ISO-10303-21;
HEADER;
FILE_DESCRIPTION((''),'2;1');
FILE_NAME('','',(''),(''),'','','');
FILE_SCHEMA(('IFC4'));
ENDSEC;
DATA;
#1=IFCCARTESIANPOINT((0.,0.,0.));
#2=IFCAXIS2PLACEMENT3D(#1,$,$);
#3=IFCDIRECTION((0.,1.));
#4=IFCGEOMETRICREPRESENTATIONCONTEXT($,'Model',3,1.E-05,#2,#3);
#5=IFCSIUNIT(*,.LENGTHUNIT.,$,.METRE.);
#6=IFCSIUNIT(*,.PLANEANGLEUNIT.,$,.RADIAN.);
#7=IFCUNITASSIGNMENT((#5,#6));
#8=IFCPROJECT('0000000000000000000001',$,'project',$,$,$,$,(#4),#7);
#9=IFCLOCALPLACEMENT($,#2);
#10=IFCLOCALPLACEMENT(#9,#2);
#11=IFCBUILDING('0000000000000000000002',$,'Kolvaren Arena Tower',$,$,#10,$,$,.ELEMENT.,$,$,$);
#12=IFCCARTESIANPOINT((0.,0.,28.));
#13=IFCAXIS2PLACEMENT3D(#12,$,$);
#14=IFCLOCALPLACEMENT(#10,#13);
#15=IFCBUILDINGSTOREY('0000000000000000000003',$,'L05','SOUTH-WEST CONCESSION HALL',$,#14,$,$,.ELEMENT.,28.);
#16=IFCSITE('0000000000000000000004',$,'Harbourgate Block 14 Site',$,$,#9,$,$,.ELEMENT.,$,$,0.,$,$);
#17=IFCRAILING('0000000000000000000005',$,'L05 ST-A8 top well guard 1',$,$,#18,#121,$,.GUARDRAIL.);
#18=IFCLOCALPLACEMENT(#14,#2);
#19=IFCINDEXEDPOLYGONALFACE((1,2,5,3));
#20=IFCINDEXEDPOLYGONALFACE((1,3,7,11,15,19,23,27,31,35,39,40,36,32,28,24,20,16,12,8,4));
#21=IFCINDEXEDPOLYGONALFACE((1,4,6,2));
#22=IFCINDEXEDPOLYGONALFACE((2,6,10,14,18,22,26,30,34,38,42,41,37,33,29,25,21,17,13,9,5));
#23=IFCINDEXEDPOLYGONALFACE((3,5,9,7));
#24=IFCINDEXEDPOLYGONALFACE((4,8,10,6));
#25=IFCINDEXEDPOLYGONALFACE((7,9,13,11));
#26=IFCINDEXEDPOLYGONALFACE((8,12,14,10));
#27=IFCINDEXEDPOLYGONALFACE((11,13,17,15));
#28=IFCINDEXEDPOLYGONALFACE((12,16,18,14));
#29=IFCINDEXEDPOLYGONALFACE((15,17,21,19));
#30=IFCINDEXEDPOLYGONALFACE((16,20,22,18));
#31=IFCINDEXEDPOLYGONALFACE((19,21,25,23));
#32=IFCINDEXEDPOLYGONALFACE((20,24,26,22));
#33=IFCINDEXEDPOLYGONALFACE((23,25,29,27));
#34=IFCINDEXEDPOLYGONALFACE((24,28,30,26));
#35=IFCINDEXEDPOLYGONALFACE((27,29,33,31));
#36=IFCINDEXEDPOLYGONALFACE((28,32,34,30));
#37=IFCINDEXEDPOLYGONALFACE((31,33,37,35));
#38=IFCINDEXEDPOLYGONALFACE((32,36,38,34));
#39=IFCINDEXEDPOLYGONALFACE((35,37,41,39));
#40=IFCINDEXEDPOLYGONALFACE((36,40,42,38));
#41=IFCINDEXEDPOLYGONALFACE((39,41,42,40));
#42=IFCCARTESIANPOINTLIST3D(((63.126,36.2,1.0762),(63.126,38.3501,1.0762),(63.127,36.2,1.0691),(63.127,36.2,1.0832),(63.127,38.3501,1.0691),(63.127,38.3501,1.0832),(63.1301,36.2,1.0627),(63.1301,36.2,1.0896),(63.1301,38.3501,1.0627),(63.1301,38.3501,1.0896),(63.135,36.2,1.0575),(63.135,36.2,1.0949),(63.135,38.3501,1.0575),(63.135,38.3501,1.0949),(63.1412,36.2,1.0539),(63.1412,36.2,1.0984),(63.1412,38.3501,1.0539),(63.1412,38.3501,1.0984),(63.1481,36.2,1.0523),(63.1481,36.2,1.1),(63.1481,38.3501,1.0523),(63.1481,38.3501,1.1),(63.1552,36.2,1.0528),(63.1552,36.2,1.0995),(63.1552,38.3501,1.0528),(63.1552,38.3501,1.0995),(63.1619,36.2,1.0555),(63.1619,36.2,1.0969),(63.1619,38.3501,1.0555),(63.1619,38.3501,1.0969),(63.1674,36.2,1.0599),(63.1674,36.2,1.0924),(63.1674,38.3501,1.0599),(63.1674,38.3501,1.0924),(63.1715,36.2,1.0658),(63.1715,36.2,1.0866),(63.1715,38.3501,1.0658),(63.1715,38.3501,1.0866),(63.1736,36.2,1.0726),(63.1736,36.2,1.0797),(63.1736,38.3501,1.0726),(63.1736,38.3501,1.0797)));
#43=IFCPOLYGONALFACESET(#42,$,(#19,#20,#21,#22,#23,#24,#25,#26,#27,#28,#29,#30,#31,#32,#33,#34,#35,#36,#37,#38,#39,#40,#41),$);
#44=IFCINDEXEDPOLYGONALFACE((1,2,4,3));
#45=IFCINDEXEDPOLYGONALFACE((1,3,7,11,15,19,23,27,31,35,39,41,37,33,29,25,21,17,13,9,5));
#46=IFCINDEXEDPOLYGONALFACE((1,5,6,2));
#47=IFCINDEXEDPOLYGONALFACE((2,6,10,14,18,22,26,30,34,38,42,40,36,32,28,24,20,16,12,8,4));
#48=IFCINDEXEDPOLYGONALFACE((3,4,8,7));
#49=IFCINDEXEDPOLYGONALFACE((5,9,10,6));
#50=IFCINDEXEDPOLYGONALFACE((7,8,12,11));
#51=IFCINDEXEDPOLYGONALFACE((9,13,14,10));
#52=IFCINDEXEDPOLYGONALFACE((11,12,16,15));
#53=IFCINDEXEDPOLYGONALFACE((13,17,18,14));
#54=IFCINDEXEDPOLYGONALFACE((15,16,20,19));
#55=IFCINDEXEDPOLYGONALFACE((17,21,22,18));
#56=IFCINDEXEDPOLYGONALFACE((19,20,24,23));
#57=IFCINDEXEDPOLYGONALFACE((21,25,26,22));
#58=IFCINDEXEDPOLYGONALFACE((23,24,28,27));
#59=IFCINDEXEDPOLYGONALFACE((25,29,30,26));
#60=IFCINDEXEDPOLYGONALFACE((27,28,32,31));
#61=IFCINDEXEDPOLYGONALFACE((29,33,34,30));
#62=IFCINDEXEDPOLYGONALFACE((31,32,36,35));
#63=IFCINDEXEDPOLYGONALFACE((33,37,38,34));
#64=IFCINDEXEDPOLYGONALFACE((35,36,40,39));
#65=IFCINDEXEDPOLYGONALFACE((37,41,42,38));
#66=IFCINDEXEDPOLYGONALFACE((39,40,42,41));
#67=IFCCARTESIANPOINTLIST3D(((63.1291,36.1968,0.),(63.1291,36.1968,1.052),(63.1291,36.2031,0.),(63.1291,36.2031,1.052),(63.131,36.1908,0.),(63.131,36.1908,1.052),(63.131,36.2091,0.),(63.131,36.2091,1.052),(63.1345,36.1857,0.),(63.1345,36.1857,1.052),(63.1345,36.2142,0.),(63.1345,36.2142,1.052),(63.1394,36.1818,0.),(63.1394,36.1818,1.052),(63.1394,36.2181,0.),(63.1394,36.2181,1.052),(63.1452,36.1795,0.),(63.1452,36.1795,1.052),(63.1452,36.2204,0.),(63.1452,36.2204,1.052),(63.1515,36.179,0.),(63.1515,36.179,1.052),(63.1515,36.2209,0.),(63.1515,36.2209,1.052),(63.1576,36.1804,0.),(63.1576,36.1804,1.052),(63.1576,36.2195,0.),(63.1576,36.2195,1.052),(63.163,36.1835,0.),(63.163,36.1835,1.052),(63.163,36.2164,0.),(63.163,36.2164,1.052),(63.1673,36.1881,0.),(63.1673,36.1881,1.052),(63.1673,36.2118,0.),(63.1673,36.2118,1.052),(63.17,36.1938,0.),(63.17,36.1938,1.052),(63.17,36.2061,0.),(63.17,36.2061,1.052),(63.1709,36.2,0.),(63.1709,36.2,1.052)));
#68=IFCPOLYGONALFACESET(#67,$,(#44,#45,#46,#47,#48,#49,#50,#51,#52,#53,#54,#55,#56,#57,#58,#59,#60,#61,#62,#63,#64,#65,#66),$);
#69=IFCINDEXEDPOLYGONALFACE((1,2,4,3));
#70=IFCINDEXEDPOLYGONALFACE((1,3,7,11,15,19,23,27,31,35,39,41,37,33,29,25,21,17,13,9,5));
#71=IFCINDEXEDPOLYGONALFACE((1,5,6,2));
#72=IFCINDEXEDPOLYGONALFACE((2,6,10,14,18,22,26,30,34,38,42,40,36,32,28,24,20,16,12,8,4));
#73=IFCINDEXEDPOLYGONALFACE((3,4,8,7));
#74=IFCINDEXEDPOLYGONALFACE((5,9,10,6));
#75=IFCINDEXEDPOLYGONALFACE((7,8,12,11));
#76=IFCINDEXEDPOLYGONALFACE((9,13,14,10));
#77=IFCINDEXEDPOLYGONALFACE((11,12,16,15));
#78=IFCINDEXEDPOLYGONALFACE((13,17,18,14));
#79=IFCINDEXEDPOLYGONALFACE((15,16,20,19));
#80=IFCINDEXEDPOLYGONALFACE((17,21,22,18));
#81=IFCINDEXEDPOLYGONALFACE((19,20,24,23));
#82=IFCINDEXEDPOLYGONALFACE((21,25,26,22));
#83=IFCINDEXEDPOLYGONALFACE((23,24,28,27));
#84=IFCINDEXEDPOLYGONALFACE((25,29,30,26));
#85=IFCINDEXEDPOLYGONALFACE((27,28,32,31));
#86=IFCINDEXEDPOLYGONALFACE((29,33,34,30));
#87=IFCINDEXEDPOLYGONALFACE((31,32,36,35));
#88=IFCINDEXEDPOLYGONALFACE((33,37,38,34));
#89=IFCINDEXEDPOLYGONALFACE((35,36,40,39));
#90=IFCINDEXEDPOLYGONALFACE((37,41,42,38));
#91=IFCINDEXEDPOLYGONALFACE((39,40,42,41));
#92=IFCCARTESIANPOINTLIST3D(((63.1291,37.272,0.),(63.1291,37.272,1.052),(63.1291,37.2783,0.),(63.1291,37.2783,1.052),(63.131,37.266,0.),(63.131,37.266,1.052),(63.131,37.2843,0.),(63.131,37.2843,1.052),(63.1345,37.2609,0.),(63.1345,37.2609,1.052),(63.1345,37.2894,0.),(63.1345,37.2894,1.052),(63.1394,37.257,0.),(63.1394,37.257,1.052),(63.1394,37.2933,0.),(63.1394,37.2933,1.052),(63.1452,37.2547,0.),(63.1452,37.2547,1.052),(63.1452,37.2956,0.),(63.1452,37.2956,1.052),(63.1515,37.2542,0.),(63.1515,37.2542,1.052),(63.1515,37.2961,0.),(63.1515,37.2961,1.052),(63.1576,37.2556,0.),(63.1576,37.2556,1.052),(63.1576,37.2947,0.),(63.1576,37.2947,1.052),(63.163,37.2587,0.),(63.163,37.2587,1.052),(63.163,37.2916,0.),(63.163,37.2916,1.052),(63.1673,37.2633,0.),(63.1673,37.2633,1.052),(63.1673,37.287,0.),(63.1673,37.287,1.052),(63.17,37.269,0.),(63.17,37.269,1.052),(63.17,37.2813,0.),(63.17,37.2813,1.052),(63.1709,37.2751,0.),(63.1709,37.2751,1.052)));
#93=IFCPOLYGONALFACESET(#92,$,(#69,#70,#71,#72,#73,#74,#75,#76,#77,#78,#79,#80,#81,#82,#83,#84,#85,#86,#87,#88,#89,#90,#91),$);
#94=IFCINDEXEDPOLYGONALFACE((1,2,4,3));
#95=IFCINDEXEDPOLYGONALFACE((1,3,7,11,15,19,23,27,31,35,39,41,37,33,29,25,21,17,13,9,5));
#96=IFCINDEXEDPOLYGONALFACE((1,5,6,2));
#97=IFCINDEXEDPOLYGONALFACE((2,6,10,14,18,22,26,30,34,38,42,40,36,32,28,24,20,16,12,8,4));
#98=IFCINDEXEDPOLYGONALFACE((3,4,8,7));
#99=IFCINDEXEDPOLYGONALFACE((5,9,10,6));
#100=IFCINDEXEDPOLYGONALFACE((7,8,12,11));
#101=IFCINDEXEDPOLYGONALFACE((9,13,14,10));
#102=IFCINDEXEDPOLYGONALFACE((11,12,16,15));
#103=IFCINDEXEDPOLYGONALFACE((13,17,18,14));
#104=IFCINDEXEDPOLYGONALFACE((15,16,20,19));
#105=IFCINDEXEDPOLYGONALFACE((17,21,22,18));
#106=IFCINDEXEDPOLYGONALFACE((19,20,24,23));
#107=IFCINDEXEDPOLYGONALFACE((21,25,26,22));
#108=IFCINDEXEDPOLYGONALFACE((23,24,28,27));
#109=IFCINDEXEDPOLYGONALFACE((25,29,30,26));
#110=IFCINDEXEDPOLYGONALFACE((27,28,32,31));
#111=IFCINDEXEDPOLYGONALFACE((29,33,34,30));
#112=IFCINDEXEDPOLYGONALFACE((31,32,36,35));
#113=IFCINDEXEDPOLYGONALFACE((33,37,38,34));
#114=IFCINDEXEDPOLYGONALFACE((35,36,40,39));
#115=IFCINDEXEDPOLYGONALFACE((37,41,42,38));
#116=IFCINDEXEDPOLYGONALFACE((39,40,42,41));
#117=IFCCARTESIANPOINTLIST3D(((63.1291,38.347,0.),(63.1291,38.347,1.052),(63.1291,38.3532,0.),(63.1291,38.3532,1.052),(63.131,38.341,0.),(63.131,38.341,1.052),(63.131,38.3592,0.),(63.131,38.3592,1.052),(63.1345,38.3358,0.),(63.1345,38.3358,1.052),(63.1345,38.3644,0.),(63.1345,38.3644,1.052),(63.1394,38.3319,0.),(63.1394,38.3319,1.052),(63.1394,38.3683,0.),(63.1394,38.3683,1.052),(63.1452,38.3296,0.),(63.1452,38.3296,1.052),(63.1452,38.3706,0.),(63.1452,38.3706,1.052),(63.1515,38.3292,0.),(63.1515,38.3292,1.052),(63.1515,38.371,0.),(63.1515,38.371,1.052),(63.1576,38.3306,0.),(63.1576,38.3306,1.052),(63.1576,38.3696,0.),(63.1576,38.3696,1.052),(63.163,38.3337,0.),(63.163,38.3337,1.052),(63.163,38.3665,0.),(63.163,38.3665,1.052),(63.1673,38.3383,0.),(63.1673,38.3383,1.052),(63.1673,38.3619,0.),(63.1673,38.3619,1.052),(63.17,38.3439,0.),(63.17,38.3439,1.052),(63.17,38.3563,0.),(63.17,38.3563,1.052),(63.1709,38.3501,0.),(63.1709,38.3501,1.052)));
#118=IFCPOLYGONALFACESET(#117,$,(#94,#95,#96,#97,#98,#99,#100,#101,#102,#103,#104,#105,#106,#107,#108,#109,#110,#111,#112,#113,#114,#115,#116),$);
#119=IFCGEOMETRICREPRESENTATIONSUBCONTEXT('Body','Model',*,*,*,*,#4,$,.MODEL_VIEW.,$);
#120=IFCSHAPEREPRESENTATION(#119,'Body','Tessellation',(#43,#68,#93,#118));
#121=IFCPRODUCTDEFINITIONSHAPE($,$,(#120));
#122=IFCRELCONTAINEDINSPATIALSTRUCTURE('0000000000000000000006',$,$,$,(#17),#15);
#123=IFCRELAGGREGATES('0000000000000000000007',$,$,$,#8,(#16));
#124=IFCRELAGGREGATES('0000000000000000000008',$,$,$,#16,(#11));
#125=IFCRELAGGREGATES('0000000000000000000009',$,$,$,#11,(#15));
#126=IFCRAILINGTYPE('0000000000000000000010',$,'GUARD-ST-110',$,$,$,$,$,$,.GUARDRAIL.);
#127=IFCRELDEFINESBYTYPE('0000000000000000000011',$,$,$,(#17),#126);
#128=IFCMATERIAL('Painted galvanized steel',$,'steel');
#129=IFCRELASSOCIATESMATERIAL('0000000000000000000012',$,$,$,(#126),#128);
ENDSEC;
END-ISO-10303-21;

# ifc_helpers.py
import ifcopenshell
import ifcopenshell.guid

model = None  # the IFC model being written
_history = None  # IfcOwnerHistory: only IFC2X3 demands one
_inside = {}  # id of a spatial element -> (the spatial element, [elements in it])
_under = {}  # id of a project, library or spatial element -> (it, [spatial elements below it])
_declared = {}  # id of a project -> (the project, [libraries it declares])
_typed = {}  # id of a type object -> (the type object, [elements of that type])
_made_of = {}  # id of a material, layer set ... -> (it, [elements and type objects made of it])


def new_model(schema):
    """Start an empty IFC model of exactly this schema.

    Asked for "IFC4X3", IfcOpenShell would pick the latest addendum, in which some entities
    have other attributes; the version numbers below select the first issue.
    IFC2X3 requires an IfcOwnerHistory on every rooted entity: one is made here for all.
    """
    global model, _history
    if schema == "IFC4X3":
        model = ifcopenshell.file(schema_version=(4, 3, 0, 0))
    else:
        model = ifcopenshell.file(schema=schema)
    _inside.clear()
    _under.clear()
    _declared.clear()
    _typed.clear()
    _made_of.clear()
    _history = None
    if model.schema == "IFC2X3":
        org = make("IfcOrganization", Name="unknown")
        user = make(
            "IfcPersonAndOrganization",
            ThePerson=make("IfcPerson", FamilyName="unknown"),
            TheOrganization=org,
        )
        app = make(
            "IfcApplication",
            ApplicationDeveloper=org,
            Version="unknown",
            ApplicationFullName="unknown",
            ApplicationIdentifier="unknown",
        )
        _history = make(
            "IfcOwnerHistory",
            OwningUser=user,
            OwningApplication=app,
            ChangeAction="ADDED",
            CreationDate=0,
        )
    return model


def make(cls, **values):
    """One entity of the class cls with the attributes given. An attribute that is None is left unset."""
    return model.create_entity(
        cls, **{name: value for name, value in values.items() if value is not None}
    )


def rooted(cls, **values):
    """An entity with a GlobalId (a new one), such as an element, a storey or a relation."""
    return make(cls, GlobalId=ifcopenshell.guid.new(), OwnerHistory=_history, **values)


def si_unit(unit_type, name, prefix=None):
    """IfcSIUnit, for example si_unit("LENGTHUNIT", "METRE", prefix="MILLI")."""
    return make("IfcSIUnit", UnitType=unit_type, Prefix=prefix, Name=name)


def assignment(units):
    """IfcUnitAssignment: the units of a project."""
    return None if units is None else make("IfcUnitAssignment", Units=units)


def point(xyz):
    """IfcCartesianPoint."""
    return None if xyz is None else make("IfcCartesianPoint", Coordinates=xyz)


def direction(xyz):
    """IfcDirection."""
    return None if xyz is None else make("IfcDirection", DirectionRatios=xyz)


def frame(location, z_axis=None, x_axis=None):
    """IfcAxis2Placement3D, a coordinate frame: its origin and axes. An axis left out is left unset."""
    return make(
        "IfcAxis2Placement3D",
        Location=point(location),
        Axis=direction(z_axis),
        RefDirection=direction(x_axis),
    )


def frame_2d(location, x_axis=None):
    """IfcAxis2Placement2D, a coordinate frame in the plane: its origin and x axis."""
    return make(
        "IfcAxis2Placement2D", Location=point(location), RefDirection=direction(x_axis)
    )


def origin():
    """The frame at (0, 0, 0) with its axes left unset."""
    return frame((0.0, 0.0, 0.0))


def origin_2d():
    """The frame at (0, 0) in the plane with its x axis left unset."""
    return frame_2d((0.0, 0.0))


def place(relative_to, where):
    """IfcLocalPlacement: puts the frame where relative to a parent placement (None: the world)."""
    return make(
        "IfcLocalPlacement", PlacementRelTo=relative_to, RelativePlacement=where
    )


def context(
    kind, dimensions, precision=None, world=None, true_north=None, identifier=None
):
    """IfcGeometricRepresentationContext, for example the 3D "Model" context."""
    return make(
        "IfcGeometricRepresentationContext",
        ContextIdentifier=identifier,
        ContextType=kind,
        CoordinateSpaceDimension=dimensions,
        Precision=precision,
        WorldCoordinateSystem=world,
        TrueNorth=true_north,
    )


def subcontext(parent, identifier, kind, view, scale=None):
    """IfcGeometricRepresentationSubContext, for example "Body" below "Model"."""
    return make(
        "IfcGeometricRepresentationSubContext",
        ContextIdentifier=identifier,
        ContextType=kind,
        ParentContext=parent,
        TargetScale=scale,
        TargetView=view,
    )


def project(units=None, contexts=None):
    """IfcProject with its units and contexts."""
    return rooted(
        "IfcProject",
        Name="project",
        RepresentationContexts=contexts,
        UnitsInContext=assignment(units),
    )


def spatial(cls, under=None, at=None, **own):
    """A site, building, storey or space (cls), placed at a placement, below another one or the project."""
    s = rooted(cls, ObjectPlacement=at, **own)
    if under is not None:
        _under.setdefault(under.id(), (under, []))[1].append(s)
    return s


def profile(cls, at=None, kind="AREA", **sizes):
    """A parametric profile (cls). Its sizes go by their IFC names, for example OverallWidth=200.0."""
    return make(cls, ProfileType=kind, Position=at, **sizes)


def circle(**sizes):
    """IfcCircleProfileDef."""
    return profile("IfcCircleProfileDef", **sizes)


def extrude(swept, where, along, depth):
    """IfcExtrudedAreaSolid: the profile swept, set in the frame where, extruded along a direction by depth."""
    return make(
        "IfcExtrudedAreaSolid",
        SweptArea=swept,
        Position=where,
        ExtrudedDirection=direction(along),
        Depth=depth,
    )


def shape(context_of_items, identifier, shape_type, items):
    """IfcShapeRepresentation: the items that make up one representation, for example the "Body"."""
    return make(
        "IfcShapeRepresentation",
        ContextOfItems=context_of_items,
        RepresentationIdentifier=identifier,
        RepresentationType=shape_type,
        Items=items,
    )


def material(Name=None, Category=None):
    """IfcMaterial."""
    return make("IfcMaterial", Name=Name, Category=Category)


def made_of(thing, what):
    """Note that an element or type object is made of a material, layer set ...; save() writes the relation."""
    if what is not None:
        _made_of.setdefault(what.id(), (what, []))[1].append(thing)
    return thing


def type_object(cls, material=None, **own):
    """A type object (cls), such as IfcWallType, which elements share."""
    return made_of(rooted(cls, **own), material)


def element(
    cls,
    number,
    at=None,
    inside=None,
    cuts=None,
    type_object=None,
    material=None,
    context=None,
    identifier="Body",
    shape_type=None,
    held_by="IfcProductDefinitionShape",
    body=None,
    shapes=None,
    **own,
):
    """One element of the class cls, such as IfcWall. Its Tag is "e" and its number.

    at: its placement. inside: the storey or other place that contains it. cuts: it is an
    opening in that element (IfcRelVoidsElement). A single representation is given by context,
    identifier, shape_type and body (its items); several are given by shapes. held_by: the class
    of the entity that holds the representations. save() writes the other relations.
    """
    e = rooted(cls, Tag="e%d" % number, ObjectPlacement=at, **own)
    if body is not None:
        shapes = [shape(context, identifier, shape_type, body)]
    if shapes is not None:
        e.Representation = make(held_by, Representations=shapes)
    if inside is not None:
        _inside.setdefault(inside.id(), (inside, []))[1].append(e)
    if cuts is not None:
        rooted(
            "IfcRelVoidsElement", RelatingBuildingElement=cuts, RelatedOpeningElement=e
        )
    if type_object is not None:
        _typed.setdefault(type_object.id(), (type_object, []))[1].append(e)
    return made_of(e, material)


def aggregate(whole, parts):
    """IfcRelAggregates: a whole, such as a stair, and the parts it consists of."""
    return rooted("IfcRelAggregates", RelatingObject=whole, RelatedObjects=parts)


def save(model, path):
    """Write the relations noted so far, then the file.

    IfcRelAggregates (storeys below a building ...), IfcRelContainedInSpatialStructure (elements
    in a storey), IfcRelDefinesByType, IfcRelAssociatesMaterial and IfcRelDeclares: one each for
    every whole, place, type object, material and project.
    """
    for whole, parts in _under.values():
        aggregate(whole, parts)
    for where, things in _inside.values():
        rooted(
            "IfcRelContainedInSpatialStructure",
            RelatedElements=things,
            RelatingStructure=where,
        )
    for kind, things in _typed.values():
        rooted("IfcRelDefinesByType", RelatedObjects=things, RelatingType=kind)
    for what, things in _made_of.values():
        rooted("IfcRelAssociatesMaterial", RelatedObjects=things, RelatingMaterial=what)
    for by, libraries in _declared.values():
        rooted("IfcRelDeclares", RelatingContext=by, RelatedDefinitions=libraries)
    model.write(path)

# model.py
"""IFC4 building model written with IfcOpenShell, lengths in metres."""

from ifc_helpers import new_model, si_unit, direction, frame, origin, origin_2d, place, context, subcontext, project, spatial, circle, extrude, material, type_object, element, save


model = new_model("IFC4")

# Units and contexts
model_context = context("Model", 3, precision=1e-05, world=origin(), true_north=direction((0.0, 1.0)))
body_context = subcontext(model_context, "Body", "Model", "MODEL_VIEW")
ifc_project = project(units=[si_unit("LENGTHUNIT", "METRE"), si_unit("PLANEANGLEUNIT", "RADIAN")], contexts=[model_context])

# Site, building, storey
site_placement = place(None, origin())
site = spatial("IfcSite", under=ifc_project, at=site_placement, Name="Harbourgate Block 14 Site", CompositionType="ELEMENT", RefElevation=0.0)
building_placement = place(site_placement, origin())
building = spatial("IfcBuilding", under=site, at=building_placement, Name="Kolvaren Arena Tower", CompositionType="ELEMENT")
storey_placement = place(building_placement, frame((0.0, 0.0, 28.0)))
storey = spatial("IfcBuildingStorey", under=building, at=storey_placement, Name="L05", Description="SOUTH-WEST CONCESSION HALL", CompositionType="ELEMENT", Elevation=28.0)

# Railing
ifc_material_1 = material(Name="Painted galvanized steel", Category="steel")
railing_type_1 = type_object("IfcRailingType", Name="GUARD-ST-110", PredefinedType="GUARDRAIL", material=ifc_material_1)
railing_1_placement = place(storey_placement, frame((63.1499, 36.2, 0.0)))
element("IfcRailing", 1, at=railing_1_placement, inside=storey, type_object=railing_type_1, Name="L05 ST-A8 top well guard 1", PredefinedType="GUARDRAIL", context=body_context, shape_type="SweptSolid", body=[
    extrude(circle(Radius=0.0239, at=origin_2d()), frame((0.0, 0.0, 1.0762), z_axis=(0.0, 1.0, 0.0), x_axis=(-1.0, 0.0, 0.0)), (0.0, 0.0, 1.0), 2.1501),
    extrude(circle(Radius=0.021, at=origin_2d()), origin(), (0.0, 0.0, 1.0), 1.052),
    extrude(circle(Radius=0.021, at=origin_2d()), frame((0.0, 1.0752, 0.0)), (0.0, 0.0, 1.0), 1.052),
    extrude(circle(Radius=0.021, at=origin_2d()), frame((0.0, 2.1501, 0.0)), (0.0, 0.0, 1.0), 1.052),
])

save(model, "model.ifc")
